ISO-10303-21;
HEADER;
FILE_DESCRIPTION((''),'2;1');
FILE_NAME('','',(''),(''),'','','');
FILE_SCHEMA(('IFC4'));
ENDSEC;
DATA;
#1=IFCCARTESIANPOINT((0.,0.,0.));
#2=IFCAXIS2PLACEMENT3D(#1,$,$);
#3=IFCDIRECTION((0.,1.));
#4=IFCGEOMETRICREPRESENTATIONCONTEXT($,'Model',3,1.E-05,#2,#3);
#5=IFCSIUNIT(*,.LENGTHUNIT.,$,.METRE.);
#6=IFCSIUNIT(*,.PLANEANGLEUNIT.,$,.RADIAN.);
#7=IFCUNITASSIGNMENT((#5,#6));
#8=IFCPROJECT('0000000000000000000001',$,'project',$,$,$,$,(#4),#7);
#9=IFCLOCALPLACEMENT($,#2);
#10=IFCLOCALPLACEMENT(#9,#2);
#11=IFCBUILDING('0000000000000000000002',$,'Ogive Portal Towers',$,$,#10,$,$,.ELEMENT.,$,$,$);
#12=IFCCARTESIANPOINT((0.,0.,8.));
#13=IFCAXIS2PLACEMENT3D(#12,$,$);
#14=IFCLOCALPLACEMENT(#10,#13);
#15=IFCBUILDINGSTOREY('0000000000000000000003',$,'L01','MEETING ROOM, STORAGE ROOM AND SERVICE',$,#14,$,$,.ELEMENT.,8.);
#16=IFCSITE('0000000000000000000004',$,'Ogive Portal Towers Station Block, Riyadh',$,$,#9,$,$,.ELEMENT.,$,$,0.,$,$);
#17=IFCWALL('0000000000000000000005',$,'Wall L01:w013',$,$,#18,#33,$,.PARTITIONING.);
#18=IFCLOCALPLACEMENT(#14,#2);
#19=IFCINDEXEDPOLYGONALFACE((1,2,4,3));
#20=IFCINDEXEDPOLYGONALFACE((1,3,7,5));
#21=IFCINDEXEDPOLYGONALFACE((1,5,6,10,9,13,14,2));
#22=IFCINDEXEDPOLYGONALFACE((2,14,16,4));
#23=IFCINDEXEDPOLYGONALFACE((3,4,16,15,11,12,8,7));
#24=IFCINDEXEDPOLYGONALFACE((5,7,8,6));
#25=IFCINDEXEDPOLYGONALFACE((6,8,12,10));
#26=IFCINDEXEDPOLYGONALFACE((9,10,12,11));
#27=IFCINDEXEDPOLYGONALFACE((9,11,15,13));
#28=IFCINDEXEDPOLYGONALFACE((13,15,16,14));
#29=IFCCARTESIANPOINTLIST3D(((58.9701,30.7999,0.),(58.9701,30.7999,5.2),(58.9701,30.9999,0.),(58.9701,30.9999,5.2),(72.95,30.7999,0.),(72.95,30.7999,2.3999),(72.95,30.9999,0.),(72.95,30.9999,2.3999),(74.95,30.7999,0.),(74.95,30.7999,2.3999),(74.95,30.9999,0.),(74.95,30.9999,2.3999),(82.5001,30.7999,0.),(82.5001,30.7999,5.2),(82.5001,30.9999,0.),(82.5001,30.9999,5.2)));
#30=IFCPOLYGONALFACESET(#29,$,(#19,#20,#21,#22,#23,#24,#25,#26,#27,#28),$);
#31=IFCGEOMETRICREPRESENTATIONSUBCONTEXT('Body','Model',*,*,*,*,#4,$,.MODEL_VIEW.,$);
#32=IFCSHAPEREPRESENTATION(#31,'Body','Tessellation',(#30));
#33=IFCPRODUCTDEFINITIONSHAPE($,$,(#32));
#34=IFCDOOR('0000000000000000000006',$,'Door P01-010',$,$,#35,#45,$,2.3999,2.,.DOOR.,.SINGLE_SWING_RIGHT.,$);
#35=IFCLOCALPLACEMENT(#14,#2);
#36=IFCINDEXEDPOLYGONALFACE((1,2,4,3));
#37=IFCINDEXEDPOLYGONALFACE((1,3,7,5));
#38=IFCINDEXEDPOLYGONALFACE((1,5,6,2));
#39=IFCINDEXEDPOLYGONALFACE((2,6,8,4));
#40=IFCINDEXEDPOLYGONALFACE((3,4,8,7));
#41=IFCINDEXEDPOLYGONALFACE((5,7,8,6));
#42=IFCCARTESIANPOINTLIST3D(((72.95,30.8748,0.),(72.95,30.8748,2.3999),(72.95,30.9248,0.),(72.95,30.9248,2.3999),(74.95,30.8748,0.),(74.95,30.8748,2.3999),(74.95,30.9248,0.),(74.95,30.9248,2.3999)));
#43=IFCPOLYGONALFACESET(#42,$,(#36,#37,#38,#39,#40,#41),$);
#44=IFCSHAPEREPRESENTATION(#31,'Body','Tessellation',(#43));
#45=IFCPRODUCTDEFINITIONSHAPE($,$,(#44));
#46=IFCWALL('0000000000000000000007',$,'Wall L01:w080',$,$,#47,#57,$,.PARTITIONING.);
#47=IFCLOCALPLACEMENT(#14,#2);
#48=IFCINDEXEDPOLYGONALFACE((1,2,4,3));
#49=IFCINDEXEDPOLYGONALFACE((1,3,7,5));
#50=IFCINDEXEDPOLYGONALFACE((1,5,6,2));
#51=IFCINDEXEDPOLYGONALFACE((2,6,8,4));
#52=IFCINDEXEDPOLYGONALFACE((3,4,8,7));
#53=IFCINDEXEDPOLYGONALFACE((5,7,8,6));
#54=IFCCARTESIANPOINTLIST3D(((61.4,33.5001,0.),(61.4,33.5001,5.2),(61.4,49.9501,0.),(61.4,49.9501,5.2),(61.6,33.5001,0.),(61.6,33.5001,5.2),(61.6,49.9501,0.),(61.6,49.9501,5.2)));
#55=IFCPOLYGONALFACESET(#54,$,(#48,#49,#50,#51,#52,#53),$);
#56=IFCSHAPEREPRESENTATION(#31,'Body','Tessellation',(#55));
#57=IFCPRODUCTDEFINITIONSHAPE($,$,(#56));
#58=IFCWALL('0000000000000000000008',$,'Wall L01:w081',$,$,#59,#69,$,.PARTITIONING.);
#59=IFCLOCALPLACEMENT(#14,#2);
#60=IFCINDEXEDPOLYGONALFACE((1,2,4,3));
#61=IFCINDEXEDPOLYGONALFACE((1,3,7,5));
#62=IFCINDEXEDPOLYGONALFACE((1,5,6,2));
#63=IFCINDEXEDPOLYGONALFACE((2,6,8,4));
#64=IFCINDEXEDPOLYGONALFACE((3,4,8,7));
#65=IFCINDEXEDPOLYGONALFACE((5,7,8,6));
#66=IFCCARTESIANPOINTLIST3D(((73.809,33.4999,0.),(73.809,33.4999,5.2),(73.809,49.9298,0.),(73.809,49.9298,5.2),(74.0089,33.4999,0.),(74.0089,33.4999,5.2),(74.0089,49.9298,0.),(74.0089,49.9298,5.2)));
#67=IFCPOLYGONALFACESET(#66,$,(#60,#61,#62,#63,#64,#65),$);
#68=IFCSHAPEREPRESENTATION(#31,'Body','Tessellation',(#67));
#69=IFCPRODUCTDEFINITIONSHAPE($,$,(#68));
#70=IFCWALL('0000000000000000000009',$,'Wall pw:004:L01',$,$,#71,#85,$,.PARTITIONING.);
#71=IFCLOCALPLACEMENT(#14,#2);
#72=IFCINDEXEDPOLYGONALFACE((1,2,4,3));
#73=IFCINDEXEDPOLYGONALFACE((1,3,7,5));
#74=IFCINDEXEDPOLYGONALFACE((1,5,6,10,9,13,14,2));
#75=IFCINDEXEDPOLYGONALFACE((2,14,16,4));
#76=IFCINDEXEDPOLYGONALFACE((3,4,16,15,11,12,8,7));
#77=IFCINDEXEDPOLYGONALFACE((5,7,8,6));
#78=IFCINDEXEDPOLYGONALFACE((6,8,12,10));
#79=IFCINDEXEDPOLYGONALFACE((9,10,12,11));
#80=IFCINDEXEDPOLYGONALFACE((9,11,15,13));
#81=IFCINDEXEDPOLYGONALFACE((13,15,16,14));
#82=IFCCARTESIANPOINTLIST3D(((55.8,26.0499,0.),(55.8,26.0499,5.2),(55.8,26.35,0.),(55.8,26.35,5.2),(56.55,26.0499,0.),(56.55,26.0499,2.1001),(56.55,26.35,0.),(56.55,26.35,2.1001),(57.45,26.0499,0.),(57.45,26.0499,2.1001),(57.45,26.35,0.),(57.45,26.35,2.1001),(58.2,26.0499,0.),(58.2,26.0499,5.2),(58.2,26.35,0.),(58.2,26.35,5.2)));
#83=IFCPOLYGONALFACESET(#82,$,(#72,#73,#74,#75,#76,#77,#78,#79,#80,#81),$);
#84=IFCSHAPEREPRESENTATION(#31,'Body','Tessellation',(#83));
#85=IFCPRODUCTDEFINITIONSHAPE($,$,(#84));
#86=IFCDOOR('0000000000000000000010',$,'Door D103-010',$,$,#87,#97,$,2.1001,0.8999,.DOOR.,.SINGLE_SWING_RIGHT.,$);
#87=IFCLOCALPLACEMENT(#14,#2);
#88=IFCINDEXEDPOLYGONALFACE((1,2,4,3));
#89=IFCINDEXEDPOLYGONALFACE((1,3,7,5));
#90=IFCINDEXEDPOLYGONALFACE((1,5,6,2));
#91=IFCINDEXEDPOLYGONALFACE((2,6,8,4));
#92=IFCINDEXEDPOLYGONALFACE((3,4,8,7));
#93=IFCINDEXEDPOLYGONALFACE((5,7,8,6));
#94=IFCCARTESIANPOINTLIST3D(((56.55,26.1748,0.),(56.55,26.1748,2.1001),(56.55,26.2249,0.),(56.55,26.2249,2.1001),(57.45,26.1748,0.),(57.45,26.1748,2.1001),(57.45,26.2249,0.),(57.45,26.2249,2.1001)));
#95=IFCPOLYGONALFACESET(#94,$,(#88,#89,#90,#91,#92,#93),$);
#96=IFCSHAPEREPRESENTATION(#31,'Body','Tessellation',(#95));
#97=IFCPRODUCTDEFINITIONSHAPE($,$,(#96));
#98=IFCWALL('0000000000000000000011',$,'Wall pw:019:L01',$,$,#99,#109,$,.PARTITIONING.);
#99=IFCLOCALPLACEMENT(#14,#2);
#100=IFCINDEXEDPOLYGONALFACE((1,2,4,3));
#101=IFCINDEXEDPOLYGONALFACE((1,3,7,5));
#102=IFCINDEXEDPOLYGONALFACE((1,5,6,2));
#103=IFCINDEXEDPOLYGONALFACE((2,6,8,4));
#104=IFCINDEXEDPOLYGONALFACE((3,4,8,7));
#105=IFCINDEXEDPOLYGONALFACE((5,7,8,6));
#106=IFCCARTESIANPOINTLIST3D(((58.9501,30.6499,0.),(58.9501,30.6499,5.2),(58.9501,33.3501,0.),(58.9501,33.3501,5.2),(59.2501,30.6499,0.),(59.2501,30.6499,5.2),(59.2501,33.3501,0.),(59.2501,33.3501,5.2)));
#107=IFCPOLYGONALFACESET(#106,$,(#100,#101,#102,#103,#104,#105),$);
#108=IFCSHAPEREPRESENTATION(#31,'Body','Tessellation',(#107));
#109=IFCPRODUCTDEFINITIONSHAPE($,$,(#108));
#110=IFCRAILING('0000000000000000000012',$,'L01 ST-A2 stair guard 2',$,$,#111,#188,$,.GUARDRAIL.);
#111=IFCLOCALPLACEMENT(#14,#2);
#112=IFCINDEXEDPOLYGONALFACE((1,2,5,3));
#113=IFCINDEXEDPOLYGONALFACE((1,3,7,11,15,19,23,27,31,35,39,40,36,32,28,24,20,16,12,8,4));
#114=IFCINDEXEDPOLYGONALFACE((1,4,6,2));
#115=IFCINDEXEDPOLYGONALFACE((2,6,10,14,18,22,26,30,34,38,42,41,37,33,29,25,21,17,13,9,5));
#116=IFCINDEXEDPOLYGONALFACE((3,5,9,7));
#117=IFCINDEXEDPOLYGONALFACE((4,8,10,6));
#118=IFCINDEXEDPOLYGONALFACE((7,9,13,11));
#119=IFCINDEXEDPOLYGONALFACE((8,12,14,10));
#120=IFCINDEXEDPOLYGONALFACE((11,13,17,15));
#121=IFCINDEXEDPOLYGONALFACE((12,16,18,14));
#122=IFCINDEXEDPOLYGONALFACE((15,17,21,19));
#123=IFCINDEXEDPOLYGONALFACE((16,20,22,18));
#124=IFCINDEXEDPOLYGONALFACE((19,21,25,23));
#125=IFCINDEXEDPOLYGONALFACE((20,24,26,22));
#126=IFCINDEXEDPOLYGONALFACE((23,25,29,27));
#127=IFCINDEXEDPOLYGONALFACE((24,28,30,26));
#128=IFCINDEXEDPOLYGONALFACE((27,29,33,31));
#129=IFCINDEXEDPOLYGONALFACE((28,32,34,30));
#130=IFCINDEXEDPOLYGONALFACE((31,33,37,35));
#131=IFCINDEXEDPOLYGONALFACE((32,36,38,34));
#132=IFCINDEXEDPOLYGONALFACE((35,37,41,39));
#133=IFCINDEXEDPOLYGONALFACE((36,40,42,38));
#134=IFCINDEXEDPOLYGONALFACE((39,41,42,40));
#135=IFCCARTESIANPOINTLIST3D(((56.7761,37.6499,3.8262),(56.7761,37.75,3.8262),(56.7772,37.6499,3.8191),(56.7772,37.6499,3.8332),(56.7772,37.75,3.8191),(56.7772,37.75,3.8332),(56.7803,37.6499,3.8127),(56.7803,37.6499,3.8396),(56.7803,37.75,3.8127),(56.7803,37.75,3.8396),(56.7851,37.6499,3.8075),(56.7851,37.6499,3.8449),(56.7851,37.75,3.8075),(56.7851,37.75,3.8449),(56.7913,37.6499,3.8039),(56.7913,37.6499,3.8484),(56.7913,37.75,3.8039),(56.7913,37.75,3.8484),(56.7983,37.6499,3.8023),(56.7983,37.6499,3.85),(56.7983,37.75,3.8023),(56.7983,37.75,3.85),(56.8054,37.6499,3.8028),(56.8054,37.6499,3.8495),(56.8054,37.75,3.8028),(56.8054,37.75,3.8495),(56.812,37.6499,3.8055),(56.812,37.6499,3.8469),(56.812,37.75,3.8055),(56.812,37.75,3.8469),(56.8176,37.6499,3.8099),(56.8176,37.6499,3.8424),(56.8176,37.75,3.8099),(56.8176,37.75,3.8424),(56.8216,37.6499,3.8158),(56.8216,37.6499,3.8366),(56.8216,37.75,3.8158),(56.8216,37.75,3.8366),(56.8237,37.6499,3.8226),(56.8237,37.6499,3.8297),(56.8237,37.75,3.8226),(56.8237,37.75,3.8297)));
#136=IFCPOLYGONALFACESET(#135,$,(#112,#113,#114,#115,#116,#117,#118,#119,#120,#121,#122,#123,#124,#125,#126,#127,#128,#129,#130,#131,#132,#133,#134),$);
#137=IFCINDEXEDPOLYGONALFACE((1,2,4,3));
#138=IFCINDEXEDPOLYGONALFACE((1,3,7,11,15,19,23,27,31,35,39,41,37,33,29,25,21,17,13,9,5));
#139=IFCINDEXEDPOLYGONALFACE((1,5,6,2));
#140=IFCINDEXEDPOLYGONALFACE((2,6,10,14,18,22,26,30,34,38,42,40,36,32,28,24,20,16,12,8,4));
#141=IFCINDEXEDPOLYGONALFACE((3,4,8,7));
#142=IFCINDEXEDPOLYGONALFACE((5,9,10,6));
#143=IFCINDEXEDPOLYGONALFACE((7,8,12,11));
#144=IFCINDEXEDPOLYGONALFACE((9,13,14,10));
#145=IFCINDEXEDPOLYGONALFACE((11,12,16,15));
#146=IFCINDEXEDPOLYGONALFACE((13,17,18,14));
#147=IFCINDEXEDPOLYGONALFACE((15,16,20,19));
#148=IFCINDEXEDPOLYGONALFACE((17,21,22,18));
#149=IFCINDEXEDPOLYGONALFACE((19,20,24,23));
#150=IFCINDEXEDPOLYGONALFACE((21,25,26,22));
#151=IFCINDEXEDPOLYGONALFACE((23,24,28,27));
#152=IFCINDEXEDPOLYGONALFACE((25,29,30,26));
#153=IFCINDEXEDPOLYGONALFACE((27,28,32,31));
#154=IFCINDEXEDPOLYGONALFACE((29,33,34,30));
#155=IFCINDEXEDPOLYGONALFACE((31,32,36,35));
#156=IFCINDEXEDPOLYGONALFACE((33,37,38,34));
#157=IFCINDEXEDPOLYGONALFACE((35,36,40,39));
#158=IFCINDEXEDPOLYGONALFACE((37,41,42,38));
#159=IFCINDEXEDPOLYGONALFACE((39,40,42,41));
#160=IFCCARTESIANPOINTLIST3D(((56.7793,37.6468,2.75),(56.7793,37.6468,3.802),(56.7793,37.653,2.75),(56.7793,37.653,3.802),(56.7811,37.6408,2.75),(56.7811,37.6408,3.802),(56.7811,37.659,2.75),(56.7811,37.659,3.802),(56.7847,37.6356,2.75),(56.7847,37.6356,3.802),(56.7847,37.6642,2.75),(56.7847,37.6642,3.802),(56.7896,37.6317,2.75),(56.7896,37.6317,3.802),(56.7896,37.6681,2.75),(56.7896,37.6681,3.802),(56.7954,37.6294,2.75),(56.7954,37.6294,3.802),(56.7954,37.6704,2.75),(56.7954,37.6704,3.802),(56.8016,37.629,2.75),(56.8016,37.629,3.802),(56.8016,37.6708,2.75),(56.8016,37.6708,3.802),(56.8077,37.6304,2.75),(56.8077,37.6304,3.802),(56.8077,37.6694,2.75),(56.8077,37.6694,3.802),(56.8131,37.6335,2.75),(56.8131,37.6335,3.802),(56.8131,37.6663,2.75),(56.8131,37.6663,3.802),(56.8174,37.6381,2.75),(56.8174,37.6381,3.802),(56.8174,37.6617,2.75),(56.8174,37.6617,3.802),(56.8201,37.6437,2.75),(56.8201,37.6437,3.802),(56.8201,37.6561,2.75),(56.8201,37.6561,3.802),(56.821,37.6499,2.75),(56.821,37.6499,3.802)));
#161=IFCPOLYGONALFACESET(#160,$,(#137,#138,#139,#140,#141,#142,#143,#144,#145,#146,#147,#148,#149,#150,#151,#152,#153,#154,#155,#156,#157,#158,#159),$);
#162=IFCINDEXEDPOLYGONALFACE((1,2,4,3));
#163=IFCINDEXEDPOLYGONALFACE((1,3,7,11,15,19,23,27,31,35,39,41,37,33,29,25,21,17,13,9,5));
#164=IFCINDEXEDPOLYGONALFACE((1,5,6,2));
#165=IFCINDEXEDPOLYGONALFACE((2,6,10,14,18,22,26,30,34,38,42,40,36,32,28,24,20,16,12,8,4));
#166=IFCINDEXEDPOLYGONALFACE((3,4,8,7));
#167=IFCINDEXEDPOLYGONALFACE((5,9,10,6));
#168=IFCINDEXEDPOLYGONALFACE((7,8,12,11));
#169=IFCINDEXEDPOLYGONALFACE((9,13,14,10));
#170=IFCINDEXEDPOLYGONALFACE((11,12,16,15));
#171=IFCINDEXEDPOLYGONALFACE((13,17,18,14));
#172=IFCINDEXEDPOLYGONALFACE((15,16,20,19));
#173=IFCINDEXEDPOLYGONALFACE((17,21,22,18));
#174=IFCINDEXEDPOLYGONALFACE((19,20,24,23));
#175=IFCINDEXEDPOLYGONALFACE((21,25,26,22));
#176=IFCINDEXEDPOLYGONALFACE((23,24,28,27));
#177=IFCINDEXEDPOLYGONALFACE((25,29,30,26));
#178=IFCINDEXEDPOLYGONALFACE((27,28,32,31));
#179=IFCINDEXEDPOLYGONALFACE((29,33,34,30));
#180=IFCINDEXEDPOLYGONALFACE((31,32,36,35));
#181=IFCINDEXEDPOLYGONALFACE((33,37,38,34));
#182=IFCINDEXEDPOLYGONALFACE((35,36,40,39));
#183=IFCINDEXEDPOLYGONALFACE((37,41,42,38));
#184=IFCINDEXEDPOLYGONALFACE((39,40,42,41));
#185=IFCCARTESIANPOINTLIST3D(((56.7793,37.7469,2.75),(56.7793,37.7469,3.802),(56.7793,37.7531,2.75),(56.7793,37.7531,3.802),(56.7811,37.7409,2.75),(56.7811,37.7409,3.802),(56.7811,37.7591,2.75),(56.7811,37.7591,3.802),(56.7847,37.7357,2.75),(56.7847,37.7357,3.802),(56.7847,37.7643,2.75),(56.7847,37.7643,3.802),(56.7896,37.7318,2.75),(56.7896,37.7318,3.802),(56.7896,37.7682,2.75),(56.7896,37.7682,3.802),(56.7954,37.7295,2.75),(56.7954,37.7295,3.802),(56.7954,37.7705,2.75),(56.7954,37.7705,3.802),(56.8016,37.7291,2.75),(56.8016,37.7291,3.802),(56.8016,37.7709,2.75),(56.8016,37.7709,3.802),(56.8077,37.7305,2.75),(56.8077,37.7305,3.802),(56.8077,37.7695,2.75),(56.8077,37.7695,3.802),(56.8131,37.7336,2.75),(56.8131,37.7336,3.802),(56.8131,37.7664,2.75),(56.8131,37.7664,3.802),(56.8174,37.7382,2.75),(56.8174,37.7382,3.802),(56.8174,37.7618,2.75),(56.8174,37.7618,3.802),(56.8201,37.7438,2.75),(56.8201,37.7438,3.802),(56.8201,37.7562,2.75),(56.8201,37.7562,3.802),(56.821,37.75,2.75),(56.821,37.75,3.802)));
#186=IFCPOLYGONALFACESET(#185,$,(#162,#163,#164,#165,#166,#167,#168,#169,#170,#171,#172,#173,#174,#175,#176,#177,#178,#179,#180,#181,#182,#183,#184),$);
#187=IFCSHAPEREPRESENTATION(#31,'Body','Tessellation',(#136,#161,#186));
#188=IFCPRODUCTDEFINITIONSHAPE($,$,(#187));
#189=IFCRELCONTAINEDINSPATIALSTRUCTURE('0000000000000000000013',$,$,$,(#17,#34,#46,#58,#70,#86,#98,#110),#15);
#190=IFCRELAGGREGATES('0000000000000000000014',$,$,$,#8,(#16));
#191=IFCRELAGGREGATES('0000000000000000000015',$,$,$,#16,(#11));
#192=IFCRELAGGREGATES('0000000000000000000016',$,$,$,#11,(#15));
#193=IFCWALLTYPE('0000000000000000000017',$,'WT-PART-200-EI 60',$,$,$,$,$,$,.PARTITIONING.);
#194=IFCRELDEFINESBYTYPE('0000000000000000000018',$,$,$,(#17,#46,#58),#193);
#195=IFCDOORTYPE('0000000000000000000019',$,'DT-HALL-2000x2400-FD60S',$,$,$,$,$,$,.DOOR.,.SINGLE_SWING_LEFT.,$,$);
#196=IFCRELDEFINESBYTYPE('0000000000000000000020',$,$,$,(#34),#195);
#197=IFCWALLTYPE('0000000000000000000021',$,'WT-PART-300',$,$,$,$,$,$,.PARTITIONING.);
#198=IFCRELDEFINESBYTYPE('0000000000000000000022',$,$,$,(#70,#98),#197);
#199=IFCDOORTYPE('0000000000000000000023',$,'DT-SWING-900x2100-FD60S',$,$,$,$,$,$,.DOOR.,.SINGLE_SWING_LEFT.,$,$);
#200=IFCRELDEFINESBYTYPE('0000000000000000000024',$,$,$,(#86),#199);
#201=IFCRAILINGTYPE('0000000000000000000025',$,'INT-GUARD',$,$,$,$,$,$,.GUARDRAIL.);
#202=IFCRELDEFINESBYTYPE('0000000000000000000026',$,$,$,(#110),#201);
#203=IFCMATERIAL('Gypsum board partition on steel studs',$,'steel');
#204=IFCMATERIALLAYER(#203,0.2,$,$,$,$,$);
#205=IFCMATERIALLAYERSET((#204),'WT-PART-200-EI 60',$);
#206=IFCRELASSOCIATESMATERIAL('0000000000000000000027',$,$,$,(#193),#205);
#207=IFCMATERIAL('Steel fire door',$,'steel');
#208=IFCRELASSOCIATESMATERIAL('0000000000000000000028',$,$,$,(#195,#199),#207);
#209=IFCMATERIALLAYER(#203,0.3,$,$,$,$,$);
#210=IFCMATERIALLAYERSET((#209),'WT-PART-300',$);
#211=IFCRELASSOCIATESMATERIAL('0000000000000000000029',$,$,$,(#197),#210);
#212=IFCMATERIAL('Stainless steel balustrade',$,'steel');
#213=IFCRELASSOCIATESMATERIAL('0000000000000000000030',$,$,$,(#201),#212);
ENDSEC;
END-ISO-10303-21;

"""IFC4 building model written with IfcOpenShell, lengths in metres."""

from ifc_helpers import new_model, si_unit, direction, frame, frame_2d, origin, origin_2d, place, context, subcontext, project, spatial, rectangle, circle, extrude, material, layer, layer_set, type_object, element, fill, save


model = new_model("IFC4")

# Units and contexts
model_context = context("Model", 3, precision=1e-05, world=origin(), true_north=direction((0.0, 1.0)))
body_context = subcontext(model_context, "Body", "Model", "MODEL_VIEW")
ifc_project = project(units=[si_unit("LENGTHUNIT", "METRE"), si_unit("PLANEANGLEUNIT", "RADIAN")], contexts=[model_context])

# Site, building, storey
site_placement = place(None, origin())
site = spatial("IfcSite", under=ifc_project, at=site_placement, Name="Ogive Portal Towers Station Block, Riyadh", CompositionType="ELEMENT", RefElevation=0.0)
building_placement = place(site_placement, origin())
building = spatial("IfcBuilding", under=site, at=building_placement, Name="Ogive Portal Towers", CompositionType="ELEMENT")
storey_placement = place(building_placement, frame((0.0, 0.0, 8.0)))
storey = spatial("IfcBuildingStorey", under=building, at=storey_placement, Name="L01", Description="MEETING ROOM, STORAGE ROOM AND SERVICE", CompositionType="ELEMENT", Elevation=8.0)

# Shared definitions
ifc_material_1 = material(Name="Steel fire door", Category="steel")

# Wall, opening, door
ifc_material_2 = material(Name="Gypsum board partition on steel studs", Category="steel")
ifc_layer_1 = layer(ifc_material_2, 0.2)
ifc_layer_set_1 = layer_set([ifc_layer_1], Name="WT-PART-200-EI 60")
wall_type_1 = type_object("IfcWallType", Name="WT-PART-200-EI 60", PredefinedType="PARTITIONING", material=ifc_layer_set_1)
wall_1_placement = place(storey_placement, frame((58.97, 30.8999, 0.0), z_axis=(0.0, 0.0, 1.0), x_axis=(1.0, 0.0, 0.0)))
wall_1 = element("IfcWall", 1, at=wall_1_placement, inside=storey, type_object=wall_type_1, Name="Wall L01:w013", PredefinedType="PARTITIONING", context=body_context, shape_type="SweptSolid", body=[
    extrude(rectangle(XDim=23.53, YDim=0.2, at=frame_2d((11.7651, 0.0))), origin(), (0.0, 0.0, 1.0), 5.2),
])
opening_1_placement = place(wall_1_placement, frame((13.98, 0.0, 0.0)))
opening_1 = element("IfcOpeningElement", 2, at=opening_1_placement, cuts=wall_1, PredefinedType="OPENING", context=body_context, shape_type="SweptSolid", body=[
    extrude(rectangle(XDim=2.0, YDim=2.3999, at=frame_2d((1.0, 1.2))), frame((0.0, 0.1099, 0.0), z_axis=(0.0, -1.0, 0.0), x_axis=(1.0, 0.0, 0.0)), (0.0, 0.0, 1.0), 0.22),
])
door_type_1 = type_object("IfcDoorType", Name="DT-HALL-2000x2400-FD60S", OperationType="SINGLE_SWING_LEFT", PredefinedType="DOOR", material=ifc_material_1)
door_1_placement = place(opening_1_placement, origin())
door_1 = element("IfcDoor", 3, at=door_1_placement, inside=storey, type_object=door_type_1, Name="Door P01-010", OperationType="SINGLE_SWING_RIGHT", OverallHeight=2.3999, OverallWidth=2.0, PredefinedType="DOOR", context=body_context, shape_type="SweptSolid", body=[
    extrude(rectangle(XDim=2.0, YDim=2.3999, at=frame_2d((1.0, 1.2))), frame((0.0, 0.0249, 0.0), z_axis=(0.0, -1.0, 0.0), x_axis=(1.0, 0.0, 0.0)), (0.0, 0.0, 1.0), 0.05),
])
fill(opening_1, door_1)

# Walls
wall_2_placement = place(storey_placement, frame((61.5, 33.5, 0.0), z_axis=(0.0, 0.0, 1.0), x_axis=(0.0, 1.0, 0.0)))
element("IfcWall", 4, at=wall_2_placement, inside=storey, type_object=wall_type_1, Name="Wall L01:w080", PredefinedType="PARTITIONING", context=body_context, shape_type="SweptSolid", body=[
    extrude(rectangle(XDim=16.45, YDim=0.2, at=frame_2d((8.2251, 0.0))), origin(), (0.0, 0.0, 1.0), 5.2),
])
wall_3_placement = place(storey_placement, frame((73.9089, 33.5, 0.0), z_axis=(0.0, 0.0, 1.0), x_axis=(0.0, 1.0, 0.0)))
element("IfcWall", 5, at=wall_3_placement, inside=storey, type_object=wall_type_1, Name="Wall L01:w081", PredefinedType="PARTITIONING", context=body_context, shape_type="SweptSolid", body=[
    extrude(rectangle(XDim=16.4299, YDim=0.2, at=frame_2d((8.2148, 0.0))), origin(), (0.0, 0.0, 1.0), 5.2),
])

# Wall, opening, door
ifc_layer_2 = layer(ifc_material_2, 0.3)
ifc_layer_set_2 = layer_set([ifc_layer_2], Name="WT-PART-300")
wall_type_2 = type_object("IfcWallType", Name="WT-PART-300", PredefinedType="PARTITIONING", material=ifc_layer_set_2)
wall_4_placement = place(storey_placement, frame((55.8, 26.2, 0.0), z_axis=(0.0, 0.0, 1.0), x_axis=(1.0, 0.0, 0.0)))
wall_4 = element("IfcWall", 6, at=wall_4_placement, inside=storey, type_object=wall_type_2, Name="Wall pw:004:L01", PredefinedType="PARTITIONING", context=body_context, shape_type="SweptSolid", body=[
    extrude(rectangle(XDim=2.3999, YDim=0.3, at=frame_2d((1.2, 0.0))), origin(), (0.0, 0.0, 1.0), 5.2),
])
opening_2_placement = place(wall_4_placement, frame((0.75, 0.0, 0.0)))
opening_2 = element("IfcOpeningElement", 7, at=opening_2_placement, cuts=wall_4, PredefinedType="OPENING", context=body_context, shape_type="SweptSolid", body=[
    extrude(rectangle(XDim=0.8999, YDim=2.1001, at=frame_2d((0.45, 1.05))), frame((0.0, 0.1602, 0.0), z_axis=(0.0, -1.0, 0.0), x_axis=(1.0, 0.0, 0.0)), (0.0, 0.0, 1.0), 0.3201),
])
door_type_2 = type_object("IfcDoorType", Name="DT-SWING-900x2100-FD60S", OperationType="SINGLE_SWING_LEFT", PredefinedType="DOOR", material=ifc_material_1)
door_2_placement = place(opening_2_placement, origin())
door_2 = element("IfcDoor", 8, at=door_2_placement, inside=storey, type_object=door_type_2, Name="Door D103-010", OperationType="SINGLE_SWING_RIGHT", OverallHeight=2.1001, OverallWidth=0.8999, PredefinedType="DOOR", context=body_context, shape_type="SweptSolid", body=[
    extrude(rectangle(XDim=0.8999, YDim=2.1001, at=frame_2d((0.45, 1.05))), frame((0.0, 0.0249, 0.0), z_axis=(0.0, -1.0, 0.0), x_axis=(1.0, 0.0, 0.0)), (0.0, 0.0, 1.0), 0.05),
])
fill(opening_2, door_2)

# Wall
wall_5_placement = place(storey_placement, frame((59.1001, 30.6499, 0.0), z_axis=(0.0, 0.0, 1.0), x_axis=(0.0, 1.0, 0.0)))
element("IfcWall", 9, at=wall_5_placement, inside=storey, type_object=wall_type_2, Name="Wall pw:019:L01", PredefinedType="PARTITIONING", context=body_context, shape_type="SweptSolid", body=[
    extrude(rectangle(XDim=2.7002, YDim=0.3, at=frame_2d((1.3501, 0.0))), origin(), (0.0, 0.0, 1.0), 5.2),
])

# Railing
ifc_material_3 = material(Name="Stainless steel balustrade", Category="steel")
railing_type_1 = type_object("IfcRailingType", Name="INT-GUARD", PredefinedType="GUARDRAIL", material=ifc_material_3)
railing_1_placement = place(storey_placement, frame((56.8, 37.6499, 2.75)))
element("IfcRailing", 10, at=railing_1_placement, inside=storey, type_object=railing_type_1, Name="L01 ST-A2 stair guard 2", PredefinedType="GUARDRAIL", context=body_context, shape_type="SweptSolid", body=[
    extrude(circle(Radius=0.0239, at=origin_2d()), frame((0.0, 0.0, 1.0762), z_axis=(0.0, 1.0, 0.0), x_axis=(-1.0, 0.0, 0.0)), (0.0, 0.0, 1.0), 0.1001),
    extrude(circle(Radius=0.021, at=origin_2d()), origin(), (0.0, 0.0, 1.0), 1.052),
    extrude(circle(Radius=0.021, at=origin_2d()), frame((0.0, 0.1001, 0.0)), (0.0, 0.0, 1.0), 1.052),
])

save(model, "model.ifc")
